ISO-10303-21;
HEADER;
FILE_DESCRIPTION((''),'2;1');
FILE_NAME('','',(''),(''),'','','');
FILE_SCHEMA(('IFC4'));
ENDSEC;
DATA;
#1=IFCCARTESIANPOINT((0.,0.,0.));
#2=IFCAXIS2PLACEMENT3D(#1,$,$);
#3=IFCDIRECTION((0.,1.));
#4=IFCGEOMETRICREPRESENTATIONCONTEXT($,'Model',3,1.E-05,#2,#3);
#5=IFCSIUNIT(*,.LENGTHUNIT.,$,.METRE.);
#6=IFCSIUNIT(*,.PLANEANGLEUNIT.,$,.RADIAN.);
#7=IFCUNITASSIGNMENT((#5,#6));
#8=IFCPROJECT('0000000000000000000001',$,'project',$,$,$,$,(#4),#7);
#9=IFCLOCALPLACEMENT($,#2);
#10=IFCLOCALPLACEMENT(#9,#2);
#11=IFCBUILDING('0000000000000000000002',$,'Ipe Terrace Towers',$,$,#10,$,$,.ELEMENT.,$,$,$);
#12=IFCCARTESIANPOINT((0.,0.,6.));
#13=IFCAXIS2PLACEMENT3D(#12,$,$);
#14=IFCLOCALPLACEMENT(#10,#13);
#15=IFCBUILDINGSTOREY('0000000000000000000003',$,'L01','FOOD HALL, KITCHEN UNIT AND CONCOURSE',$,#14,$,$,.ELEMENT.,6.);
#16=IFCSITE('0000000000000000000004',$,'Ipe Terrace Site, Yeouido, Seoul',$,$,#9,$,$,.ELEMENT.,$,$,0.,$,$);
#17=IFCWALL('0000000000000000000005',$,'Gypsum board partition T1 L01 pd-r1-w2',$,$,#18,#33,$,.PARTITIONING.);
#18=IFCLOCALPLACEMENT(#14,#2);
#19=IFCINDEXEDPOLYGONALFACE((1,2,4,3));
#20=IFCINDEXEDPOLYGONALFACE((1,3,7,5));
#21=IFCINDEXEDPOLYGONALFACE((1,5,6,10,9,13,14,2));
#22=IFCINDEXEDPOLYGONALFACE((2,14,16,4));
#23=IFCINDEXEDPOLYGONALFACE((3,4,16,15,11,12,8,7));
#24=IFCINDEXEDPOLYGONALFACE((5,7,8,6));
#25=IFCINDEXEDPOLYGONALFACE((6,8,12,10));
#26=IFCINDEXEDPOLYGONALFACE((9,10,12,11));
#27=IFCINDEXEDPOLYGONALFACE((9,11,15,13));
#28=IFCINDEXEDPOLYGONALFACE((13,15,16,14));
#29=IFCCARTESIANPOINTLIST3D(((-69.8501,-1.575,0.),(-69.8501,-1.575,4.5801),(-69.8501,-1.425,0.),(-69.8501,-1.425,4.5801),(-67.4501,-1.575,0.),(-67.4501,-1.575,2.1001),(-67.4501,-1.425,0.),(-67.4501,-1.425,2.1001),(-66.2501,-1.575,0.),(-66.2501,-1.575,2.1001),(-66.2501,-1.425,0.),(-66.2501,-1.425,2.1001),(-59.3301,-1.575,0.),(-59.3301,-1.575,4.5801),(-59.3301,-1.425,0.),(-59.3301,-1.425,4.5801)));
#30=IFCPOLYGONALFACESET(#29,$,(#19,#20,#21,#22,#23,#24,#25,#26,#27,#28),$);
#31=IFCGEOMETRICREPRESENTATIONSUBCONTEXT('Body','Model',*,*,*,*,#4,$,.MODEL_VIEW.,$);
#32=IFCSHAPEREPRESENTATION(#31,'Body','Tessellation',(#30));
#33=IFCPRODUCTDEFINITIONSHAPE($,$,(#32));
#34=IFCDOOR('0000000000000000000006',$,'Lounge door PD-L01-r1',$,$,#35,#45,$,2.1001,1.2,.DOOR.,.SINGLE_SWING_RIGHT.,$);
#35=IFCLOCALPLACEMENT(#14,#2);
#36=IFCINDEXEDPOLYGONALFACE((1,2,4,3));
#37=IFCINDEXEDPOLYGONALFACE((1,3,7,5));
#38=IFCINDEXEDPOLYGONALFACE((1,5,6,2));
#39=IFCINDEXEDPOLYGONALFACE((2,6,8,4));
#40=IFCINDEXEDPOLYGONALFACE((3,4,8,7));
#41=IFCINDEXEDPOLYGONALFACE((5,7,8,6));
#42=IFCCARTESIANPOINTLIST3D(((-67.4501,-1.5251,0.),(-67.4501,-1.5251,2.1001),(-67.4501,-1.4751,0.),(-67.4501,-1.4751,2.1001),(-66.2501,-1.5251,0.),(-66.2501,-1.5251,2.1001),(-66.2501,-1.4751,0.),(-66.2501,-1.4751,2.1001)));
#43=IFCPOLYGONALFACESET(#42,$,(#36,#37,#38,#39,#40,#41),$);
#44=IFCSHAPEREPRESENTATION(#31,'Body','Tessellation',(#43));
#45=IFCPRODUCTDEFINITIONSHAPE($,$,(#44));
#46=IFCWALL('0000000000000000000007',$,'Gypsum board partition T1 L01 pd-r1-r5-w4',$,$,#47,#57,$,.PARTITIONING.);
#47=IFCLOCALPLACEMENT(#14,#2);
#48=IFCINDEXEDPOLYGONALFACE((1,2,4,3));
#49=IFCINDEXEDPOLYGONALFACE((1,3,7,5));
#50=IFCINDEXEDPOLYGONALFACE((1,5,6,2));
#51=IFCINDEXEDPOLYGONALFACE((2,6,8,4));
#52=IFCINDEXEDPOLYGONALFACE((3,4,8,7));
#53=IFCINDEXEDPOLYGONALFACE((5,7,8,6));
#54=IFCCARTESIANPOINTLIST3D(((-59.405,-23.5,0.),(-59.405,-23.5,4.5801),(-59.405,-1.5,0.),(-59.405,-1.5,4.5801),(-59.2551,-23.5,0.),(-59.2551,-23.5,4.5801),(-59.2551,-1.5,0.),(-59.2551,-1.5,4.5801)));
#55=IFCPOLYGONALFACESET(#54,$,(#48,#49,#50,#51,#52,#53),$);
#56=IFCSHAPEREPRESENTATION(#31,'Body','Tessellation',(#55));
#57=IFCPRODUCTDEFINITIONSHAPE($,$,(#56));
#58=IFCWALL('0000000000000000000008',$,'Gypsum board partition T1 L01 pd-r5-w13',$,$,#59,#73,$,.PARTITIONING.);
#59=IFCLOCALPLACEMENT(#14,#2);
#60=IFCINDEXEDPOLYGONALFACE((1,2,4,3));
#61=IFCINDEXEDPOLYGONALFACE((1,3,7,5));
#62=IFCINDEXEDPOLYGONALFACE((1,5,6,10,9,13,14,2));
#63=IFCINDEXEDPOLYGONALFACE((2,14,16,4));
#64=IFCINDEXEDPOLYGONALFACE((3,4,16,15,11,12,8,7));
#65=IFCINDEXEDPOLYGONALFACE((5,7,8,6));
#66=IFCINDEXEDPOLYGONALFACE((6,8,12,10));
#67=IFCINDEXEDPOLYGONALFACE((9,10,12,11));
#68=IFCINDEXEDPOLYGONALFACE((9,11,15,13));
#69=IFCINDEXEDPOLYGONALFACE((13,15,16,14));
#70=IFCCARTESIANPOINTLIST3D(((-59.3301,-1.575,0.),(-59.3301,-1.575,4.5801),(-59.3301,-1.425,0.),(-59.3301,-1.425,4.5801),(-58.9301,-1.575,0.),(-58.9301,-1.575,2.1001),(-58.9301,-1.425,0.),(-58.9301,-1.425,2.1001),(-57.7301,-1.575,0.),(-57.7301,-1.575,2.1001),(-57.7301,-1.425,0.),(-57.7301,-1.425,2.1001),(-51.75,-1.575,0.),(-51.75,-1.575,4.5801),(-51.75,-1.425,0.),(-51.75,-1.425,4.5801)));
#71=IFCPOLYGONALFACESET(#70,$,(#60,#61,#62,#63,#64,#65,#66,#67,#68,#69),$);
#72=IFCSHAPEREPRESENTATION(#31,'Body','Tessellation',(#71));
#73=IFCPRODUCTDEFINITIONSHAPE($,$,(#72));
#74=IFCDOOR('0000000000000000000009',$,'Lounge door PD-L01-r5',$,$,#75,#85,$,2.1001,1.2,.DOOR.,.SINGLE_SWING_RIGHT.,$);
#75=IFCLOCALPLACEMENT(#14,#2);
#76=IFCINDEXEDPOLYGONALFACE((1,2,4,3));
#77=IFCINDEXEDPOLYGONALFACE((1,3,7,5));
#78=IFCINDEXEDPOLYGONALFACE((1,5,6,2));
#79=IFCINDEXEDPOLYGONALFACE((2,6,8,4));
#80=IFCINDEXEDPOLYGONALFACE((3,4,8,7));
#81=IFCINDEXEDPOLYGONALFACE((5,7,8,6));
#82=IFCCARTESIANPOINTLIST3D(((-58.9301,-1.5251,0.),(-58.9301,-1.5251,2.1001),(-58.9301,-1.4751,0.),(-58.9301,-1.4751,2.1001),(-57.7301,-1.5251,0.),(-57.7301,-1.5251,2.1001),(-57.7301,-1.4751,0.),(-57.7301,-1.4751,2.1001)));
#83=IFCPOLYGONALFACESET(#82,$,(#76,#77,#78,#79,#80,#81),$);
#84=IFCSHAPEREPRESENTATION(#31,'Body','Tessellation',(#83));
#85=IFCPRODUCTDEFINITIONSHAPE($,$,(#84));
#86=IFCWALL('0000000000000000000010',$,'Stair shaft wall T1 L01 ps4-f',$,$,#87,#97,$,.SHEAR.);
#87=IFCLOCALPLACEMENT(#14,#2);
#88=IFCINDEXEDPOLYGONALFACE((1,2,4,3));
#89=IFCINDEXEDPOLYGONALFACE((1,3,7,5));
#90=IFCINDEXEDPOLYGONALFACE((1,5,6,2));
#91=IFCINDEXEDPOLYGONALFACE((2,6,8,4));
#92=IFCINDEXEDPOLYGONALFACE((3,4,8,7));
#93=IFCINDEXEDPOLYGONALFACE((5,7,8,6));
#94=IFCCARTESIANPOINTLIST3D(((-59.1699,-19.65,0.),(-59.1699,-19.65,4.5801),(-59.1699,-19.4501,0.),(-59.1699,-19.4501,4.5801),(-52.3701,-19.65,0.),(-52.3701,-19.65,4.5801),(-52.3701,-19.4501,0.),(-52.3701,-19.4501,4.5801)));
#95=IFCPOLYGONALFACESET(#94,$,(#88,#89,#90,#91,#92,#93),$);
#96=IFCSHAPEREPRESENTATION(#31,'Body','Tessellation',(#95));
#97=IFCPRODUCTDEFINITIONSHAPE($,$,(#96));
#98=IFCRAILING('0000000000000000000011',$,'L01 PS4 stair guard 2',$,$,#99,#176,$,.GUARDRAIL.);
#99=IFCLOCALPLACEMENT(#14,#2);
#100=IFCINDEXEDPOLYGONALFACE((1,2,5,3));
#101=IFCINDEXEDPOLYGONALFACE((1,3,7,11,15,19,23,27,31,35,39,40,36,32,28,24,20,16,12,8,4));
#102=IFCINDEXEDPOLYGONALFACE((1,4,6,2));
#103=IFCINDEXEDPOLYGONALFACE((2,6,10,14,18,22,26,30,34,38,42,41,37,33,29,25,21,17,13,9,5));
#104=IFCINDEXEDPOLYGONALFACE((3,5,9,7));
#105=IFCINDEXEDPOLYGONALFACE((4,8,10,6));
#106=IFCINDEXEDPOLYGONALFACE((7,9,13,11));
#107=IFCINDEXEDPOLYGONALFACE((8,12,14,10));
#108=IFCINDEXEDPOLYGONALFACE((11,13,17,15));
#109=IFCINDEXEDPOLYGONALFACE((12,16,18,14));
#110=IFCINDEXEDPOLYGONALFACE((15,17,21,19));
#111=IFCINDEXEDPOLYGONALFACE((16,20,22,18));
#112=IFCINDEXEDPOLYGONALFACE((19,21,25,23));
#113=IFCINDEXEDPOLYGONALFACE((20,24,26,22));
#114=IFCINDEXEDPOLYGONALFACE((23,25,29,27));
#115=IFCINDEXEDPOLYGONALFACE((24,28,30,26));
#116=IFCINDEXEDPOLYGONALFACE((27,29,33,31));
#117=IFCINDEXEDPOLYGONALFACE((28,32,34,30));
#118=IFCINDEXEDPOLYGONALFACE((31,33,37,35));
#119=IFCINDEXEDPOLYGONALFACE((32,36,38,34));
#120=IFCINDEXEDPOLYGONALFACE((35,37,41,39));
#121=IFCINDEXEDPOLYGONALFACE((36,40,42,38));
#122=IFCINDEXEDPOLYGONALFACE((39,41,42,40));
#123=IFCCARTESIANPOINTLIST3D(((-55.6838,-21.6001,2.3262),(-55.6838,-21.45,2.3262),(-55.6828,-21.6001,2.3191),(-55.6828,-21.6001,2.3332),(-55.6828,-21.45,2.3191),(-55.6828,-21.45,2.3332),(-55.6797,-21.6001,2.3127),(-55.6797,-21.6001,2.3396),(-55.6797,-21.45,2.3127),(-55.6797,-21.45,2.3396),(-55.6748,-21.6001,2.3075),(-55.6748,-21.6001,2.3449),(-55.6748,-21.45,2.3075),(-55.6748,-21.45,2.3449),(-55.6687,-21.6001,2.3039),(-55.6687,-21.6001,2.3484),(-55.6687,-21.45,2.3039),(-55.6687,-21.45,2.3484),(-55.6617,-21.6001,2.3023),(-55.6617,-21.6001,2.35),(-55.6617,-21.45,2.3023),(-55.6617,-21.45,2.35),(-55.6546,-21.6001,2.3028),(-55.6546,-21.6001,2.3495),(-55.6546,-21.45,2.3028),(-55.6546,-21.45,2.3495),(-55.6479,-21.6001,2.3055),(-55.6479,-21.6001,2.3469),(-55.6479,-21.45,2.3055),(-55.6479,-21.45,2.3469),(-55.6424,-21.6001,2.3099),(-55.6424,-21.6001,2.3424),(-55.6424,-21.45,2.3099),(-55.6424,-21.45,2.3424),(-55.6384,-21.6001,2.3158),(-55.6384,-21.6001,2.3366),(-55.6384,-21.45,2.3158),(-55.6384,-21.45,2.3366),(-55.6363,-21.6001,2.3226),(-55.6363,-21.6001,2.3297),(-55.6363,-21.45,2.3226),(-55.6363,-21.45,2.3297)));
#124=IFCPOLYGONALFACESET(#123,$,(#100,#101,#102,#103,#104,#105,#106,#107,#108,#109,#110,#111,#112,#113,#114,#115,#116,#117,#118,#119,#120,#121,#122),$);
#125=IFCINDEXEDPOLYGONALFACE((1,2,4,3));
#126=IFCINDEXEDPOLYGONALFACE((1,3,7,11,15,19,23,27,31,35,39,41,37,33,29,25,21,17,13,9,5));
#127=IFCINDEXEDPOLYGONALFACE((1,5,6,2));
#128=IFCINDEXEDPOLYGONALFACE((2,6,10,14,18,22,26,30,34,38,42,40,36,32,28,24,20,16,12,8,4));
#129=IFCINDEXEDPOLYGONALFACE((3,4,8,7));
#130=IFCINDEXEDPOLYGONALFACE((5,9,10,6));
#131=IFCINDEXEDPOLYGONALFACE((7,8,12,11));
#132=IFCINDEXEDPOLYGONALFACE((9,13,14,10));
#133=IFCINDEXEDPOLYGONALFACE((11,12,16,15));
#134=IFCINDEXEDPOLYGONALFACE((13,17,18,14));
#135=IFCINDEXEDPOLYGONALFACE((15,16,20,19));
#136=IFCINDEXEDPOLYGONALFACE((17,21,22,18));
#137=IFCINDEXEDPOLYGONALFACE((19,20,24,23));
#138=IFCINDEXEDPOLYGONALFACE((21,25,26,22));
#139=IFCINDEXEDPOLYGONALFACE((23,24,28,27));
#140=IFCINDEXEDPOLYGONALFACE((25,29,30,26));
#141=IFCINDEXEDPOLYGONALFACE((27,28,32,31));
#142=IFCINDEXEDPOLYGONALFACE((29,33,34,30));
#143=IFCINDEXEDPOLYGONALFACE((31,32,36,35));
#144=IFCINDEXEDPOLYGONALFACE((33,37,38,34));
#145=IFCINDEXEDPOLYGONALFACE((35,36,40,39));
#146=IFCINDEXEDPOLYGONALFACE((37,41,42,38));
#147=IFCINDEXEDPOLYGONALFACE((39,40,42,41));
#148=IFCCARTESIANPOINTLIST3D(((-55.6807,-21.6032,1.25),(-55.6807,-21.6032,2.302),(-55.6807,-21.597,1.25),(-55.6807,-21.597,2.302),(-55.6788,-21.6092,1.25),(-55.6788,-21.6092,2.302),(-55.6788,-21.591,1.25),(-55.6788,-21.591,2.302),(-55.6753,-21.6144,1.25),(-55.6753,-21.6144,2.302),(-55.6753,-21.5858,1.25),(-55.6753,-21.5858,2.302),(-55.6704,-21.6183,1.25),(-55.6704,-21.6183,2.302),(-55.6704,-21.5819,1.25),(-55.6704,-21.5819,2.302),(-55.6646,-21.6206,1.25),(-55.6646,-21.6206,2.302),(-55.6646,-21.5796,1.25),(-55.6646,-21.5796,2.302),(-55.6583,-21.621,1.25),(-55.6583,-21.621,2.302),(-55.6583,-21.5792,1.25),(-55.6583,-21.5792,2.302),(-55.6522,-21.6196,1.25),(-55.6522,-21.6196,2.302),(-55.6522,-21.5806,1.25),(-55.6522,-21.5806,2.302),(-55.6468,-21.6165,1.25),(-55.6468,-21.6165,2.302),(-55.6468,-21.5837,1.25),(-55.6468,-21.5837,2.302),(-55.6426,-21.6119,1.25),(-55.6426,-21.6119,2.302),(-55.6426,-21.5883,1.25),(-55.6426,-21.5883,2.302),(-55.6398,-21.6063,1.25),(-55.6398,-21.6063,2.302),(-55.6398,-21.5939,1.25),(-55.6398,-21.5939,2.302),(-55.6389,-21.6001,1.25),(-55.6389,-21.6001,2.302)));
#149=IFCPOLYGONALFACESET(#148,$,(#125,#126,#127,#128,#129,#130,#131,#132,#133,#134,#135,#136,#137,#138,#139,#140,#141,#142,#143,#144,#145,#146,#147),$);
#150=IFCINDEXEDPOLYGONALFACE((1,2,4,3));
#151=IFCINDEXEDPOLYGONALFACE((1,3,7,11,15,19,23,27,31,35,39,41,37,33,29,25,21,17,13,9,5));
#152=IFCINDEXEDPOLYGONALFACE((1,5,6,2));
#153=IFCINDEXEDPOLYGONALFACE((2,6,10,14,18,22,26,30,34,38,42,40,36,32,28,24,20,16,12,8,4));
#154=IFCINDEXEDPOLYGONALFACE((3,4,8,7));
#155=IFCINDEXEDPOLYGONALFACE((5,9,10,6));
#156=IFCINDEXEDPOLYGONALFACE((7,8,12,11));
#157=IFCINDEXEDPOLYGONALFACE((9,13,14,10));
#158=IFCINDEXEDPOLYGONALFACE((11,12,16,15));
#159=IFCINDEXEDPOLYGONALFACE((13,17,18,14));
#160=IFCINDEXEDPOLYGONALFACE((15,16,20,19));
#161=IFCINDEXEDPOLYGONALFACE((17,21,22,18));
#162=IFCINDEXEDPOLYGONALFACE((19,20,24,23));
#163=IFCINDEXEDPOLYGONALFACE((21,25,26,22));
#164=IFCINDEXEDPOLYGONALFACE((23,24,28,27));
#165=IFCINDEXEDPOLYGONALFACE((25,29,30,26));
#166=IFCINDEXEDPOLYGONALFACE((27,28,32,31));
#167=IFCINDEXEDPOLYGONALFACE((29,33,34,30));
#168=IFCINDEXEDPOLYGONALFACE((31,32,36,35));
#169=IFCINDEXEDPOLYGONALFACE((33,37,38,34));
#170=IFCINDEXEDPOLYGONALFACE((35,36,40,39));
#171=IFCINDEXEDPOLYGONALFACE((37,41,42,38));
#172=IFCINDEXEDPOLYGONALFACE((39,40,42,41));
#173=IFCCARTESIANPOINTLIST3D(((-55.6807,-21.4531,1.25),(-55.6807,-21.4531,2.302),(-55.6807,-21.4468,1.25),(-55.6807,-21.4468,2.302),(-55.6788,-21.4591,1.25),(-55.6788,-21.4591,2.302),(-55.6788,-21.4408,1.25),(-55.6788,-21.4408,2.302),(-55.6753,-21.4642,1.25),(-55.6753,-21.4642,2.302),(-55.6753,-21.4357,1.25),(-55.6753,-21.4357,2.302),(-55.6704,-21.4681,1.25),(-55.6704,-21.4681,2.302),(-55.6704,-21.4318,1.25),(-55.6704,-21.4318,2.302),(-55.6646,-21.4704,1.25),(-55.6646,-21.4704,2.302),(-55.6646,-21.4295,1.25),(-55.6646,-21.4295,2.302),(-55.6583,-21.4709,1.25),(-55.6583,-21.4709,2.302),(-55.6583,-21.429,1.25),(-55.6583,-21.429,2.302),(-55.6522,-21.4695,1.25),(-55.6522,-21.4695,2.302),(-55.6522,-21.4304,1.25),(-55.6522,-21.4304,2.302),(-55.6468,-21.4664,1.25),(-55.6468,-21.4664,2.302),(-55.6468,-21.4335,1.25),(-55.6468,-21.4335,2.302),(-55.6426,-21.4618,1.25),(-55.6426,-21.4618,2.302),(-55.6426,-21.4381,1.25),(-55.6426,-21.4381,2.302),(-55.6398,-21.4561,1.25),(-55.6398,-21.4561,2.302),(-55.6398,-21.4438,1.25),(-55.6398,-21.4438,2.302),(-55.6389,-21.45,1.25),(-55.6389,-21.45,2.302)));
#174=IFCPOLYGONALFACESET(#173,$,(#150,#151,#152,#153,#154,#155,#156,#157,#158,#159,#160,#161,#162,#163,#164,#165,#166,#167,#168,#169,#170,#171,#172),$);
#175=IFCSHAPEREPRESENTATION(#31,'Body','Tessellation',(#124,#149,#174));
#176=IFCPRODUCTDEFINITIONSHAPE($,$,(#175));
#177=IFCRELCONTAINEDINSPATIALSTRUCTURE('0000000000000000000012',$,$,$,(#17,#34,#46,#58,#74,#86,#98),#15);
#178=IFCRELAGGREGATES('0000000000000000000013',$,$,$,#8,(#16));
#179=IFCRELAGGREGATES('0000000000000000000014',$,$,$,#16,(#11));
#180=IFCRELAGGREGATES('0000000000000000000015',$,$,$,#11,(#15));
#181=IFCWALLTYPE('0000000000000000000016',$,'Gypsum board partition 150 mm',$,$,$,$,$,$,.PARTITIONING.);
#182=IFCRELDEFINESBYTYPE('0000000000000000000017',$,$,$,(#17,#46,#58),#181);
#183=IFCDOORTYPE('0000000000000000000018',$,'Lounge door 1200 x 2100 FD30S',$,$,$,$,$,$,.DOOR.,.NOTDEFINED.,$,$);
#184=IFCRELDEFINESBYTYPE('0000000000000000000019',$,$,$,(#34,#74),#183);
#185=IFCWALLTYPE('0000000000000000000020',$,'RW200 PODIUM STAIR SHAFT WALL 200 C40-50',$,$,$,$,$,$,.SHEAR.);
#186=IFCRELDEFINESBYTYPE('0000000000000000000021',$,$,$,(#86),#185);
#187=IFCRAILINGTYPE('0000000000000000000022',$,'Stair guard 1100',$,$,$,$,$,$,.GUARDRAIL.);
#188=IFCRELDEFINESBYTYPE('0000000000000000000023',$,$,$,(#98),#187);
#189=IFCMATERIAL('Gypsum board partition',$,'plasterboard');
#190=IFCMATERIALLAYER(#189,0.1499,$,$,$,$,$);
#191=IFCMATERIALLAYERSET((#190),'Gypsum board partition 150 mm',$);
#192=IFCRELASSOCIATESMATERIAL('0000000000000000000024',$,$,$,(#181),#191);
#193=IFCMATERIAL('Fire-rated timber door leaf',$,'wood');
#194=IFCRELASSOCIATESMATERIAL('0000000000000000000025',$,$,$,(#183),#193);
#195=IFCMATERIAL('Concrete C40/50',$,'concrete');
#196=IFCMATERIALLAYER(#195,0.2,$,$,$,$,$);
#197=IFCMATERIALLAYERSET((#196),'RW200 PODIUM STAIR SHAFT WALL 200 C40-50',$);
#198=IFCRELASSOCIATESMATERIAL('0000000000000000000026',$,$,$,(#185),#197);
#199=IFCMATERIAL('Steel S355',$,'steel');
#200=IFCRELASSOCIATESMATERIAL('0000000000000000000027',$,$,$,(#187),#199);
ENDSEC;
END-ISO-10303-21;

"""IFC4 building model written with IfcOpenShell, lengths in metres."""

from ifc_helpers import new_model, si_unit, direction, frame, frame_2d, origin, origin_2d, place, context, subcontext, project, spatial, rectangle, circle, extrude, material, layer, layer_set, type_object, element, fill, save


model = new_model("IFC4")

# Units and contexts
model_context = context("Model", 3, precision=1e-05, world=origin(), true_north=direction((0.0, 1.0)))
body_context = subcontext(model_context, "Body", "Model", "MODEL_VIEW")
ifc_project = project(units=[si_unit("LENGTHUNIT", "METRE"), si_unit("PLANEANGLEUNIT", "RADIAN")], contexts=[model_context])

# Site, building, storey
site_placement = place(None, origin())
site = spatial("IfcSite", under=ifc_project, at=site_placement, Name="Ipe Terrace Site, Yeouido, Seoul", CompositionType="ELEMENT", RefElevation=0.0)
building_placement = place(site_placement, origin())
building = spatial("IfcBuilding", under=site, at=building_placement, Name="Ipe Terrace Towers", CompositionType="ELEMENT")
storey_placement = place(building_placement, frame((0.0, 0.0, 6.0)))
storey = spatial("IfcBuildingStorey", under=building, at=storey_placement, Name="L01", Description="FOOD HALL, KITCHEN UNIT AND CONCOURSE", CompositionType="ELEMENT", Elevation=6.0)

# Wall, opening, door
ifc_material_1 = material(Name="Gypsum board partition", Category="plasterboard")
ifc_layer_1 = layer(ifc_material_1, 0.1499)
ifc_layer_set_1 = layer_set([ifc_layer_1], Name="Gypsum board partition 150 mm")
wall_type_1 = type_object("IfcWallType", Name="Gypsum board partition 150 mm", PredefinedType="PARTITIONING", material=ifc_layer_set_1)
wall_1_placement = place(storey_placement, frame((-69.8501, -1.5, 0.0), z_axis=(0.0, 0.0, 1.0), x_axis=(1.0, 0.0, 0.0)))
wall_1 = element("IfcWall", 1, at=wall_1_placement, inside=storey, type_object=wall_type_1, Name="Gypsum board partition T1 L01 pd-r1-w2", PredefinedType="PARTITIONING", context=body_context, shape_type="SweptSolid", body=[
    extrude(rectangle(XDim=10.52, YDim=0.1499, at=frame_2d((5.26, 0.0))), origin(), (0.0, 0.0, 1.0), 4.5801),
])
opening_1_placement = place(wall_1_placement, frame((2.3999, 0.0, 0.0)))
opening_1 = element("IfcOpeningElement", 2, at=opening_1_placement, cuts=wall_1, PredefinedType="OPENING", context=body_context, shape_type="SweptSolid", body=[
    extrude(rectangle(XDim=1.2, YDim=2.1001, at=frame_2d((0.6001, 1.05))), frame((0.0, 0.085, 0.0), z_axis=(0.0, -1.0, 0.0), x_axis=(1.0, 0.0, 0.0)), (0.0, 0.0, 1.0), 0.1699),
])
ifc_material_2 = material(Name="Fire-rated timber door leaf", Category="wood")
door_type = type_object("IfcDoorType", Name="Lounge door 1200 x 2100 FD30S", OperationType="NOTDEFINED", PredefinedType="DOOR", material=ifc_material_2)
door_1_placement = place(opening_1_placement, origin())
door_1 = element("IfcDoor", 3, at=door_1_placement, inside=storey, type_object=door_type, Name="Lounge door PD-L01-r1", OperationType="SINGLE_SWING_RIGHT", OverallHeight=2.1001, OverallWidth=1.2, PredefinedType="DOOR", context=body_context, shape_type="SweptSolid", body=[
    extrude(rectangle(XDim=1.2, YDim=2.1001, at=frame_2d((0.6001, 1.05))), frame((0.0, 0.0249, 0.0), z_axis=(0.0, -1.0, 0.0), x_axis=(1.0, 0.0, 0.0)), (0.0, 0.0, 1.0), 0.05),
])
fill(opening_1, door_1)

# Wall
wall_2_placement = place(storey_placement, frame((-59.3301, -1.5, 0.0), z_axis=(0.0, 0.0, 1.0), x_axis=(0.0, -1.0, 0.0)))
element("IfcWall", 4, at=wall_2_placement, inside=storey, type_object=wall_type_1, Name="Gypsum board partition T1 L01 pd-r1-r5-w4", PredefinedType="PARTITIONING", context=body_context, shape_type="SweptSolid", body=[
    extrude(rectangle(XDim=22.0, YDim=0.1499, at=frame_2d((11.0, 0.0))), origin(), (0.0, 0.0, 1.0), 4.5801),
])

# Wall, opening, door
wall_3_placement = place(storey_placement, frame((-59.3301, -1.5, 0.0), z_axis=(0.0, 0.0, 1.0), x_axis=(1.0, 0.0, 0.0)))
wall_3 = element("IfcWall", 5, at=wall_3_placement, inside=storey, type_object=wall_type_1, Name="Gypsum board partition T1 L01 pd-r5-w13", PredefinedType="PARTITIONING", context=body_context, shape_type="SweptSolid", body=[
    extrude(rectangle(XDim=7.5801, YDim=0.1499, at=frame_2d((3.79, 0.0))), origin(), (0.0, 0.0, 1.0), 4.5801),
])
opening_2_placement = place(wall_3_placement, frame((0.3999, 0.0, 0.0)))
opening_2 = element("IfcOpeningElement", 6, at=opening_2_placement, cuts=wall_3, PredefinedType="OPENING", context=body_context, shape_type="SweptSolid", body=[
    extrude(rectangle(XDim=1.2, YDim=2.1001, at=frame_2d((0.6001, 1.05))), frame((0.0, 0.085, 0.0), z_axis=(0.0, -1.0, 0.0), x_axis=(1.0, 0.0, 0.0)), (0.0, 0.0, 1.0), 0.1699),
])
door_2_placement = place(opening_2_placement, origin())
door_2 = element("IfcDoor", 7, at=door_2_placement, inside=storey, type_object=door_type, Name="Lounge door PD-L01-r5", OperationType="SINGLE_SWING_RIGHT", OverallHeight=2.1001, OverallWidth=1.2, PredefinedType="DOOR", context=body_context, shape_type="SweptSolid", body=[
    extrude(rectangle(XDim=1.2, YDim=2.1001, at=frame_2d((0.6001, 1.05))), frame((0.0, 0.0249, 0.0), z_axis=(0.0, -1.0, 0.0), x_axis=(1.0, 0.0, 0.0)), (0.0, 0.0, 1.0), 0.05),
])
fill(opening_2, door_2)

# Wall
ifc_material_3 = material(Name="Concrete C40/50", Category="concrete")
ifc_layer_2 = layer(ifc_material_3, 0.2)
ifc_layer_set_2 = layer_set([ifc_layer_2], Name="RW200 PODIUM STAIR SHAFT WALL 200 C40-50")
wall_type_2 = type_object("IfcWallType", Name="RW200 PODIUM STAIR SHAFT WALL 200 C40-50", PredefinedType="SHEAR", material=ifc_layer_set_2)
wall_4_placement = place(storey_placement, frame((-59.1699, -19.55, 0.0), z_axis=(0.0, 0.0, 1.0), x_axis=(1.0, 0.0, 0.0)))
element("IfcWall", 8, at=wall_4_placement, inside=storey, type_object=wall_type_2, Name="Stair shaft wall T1 L01 ps4-f", PredefinedType="SHEAR", context=body_context, shape_type="SweptSolid", body=[
    extrude(rectangle(XDim=6.7998, YDim=0.2, at=frame_2d((3.3999, 0.0))), origin(), (0.0, 0.0, 1.0), 4.5801),
])

# Railing
ifc_material_4 = material(Name="Steel S355", Category="steel")
railing_type_1 = type_object("IfcRailingType", Name="Stair guard 1100", PredefinedType="GUARDRAIL", material=ifc_material_4)
railing_1_placement = place(storey_placement, frame((-55.6599, -21.6001, 1.25)))
element("IfcRailing", 9, at=railing_1_placement, inside=storey, type_object=railing_type_1, Name="L01 PS4 stair guard 2", PredefinedType="GUARDRAIL", context=body_context, shape_type="SweptSolid", body=[
    extrude(circle(Radius=0.0239, at=origin_2d()), frame((0.0, 0.0, 1.0762), z_axis=(0.0, 1.0, 0.0), x_axis=(-1.0, 0.0, 0.0)), (0.0, 0.0, 1.0), 0.1501),
    extrude(circle(Radius=0.021, at=origin_2d()), origin(), (0.0, 0.0, 1.0), 1.052),
    extrude(circle(Radius=0.021, at=origin_2d()), frame((0.0, 0.1501, 0.0)), (0.0, 0.0, 1.0), 1.052),
])

save(model, "model.ifc")
